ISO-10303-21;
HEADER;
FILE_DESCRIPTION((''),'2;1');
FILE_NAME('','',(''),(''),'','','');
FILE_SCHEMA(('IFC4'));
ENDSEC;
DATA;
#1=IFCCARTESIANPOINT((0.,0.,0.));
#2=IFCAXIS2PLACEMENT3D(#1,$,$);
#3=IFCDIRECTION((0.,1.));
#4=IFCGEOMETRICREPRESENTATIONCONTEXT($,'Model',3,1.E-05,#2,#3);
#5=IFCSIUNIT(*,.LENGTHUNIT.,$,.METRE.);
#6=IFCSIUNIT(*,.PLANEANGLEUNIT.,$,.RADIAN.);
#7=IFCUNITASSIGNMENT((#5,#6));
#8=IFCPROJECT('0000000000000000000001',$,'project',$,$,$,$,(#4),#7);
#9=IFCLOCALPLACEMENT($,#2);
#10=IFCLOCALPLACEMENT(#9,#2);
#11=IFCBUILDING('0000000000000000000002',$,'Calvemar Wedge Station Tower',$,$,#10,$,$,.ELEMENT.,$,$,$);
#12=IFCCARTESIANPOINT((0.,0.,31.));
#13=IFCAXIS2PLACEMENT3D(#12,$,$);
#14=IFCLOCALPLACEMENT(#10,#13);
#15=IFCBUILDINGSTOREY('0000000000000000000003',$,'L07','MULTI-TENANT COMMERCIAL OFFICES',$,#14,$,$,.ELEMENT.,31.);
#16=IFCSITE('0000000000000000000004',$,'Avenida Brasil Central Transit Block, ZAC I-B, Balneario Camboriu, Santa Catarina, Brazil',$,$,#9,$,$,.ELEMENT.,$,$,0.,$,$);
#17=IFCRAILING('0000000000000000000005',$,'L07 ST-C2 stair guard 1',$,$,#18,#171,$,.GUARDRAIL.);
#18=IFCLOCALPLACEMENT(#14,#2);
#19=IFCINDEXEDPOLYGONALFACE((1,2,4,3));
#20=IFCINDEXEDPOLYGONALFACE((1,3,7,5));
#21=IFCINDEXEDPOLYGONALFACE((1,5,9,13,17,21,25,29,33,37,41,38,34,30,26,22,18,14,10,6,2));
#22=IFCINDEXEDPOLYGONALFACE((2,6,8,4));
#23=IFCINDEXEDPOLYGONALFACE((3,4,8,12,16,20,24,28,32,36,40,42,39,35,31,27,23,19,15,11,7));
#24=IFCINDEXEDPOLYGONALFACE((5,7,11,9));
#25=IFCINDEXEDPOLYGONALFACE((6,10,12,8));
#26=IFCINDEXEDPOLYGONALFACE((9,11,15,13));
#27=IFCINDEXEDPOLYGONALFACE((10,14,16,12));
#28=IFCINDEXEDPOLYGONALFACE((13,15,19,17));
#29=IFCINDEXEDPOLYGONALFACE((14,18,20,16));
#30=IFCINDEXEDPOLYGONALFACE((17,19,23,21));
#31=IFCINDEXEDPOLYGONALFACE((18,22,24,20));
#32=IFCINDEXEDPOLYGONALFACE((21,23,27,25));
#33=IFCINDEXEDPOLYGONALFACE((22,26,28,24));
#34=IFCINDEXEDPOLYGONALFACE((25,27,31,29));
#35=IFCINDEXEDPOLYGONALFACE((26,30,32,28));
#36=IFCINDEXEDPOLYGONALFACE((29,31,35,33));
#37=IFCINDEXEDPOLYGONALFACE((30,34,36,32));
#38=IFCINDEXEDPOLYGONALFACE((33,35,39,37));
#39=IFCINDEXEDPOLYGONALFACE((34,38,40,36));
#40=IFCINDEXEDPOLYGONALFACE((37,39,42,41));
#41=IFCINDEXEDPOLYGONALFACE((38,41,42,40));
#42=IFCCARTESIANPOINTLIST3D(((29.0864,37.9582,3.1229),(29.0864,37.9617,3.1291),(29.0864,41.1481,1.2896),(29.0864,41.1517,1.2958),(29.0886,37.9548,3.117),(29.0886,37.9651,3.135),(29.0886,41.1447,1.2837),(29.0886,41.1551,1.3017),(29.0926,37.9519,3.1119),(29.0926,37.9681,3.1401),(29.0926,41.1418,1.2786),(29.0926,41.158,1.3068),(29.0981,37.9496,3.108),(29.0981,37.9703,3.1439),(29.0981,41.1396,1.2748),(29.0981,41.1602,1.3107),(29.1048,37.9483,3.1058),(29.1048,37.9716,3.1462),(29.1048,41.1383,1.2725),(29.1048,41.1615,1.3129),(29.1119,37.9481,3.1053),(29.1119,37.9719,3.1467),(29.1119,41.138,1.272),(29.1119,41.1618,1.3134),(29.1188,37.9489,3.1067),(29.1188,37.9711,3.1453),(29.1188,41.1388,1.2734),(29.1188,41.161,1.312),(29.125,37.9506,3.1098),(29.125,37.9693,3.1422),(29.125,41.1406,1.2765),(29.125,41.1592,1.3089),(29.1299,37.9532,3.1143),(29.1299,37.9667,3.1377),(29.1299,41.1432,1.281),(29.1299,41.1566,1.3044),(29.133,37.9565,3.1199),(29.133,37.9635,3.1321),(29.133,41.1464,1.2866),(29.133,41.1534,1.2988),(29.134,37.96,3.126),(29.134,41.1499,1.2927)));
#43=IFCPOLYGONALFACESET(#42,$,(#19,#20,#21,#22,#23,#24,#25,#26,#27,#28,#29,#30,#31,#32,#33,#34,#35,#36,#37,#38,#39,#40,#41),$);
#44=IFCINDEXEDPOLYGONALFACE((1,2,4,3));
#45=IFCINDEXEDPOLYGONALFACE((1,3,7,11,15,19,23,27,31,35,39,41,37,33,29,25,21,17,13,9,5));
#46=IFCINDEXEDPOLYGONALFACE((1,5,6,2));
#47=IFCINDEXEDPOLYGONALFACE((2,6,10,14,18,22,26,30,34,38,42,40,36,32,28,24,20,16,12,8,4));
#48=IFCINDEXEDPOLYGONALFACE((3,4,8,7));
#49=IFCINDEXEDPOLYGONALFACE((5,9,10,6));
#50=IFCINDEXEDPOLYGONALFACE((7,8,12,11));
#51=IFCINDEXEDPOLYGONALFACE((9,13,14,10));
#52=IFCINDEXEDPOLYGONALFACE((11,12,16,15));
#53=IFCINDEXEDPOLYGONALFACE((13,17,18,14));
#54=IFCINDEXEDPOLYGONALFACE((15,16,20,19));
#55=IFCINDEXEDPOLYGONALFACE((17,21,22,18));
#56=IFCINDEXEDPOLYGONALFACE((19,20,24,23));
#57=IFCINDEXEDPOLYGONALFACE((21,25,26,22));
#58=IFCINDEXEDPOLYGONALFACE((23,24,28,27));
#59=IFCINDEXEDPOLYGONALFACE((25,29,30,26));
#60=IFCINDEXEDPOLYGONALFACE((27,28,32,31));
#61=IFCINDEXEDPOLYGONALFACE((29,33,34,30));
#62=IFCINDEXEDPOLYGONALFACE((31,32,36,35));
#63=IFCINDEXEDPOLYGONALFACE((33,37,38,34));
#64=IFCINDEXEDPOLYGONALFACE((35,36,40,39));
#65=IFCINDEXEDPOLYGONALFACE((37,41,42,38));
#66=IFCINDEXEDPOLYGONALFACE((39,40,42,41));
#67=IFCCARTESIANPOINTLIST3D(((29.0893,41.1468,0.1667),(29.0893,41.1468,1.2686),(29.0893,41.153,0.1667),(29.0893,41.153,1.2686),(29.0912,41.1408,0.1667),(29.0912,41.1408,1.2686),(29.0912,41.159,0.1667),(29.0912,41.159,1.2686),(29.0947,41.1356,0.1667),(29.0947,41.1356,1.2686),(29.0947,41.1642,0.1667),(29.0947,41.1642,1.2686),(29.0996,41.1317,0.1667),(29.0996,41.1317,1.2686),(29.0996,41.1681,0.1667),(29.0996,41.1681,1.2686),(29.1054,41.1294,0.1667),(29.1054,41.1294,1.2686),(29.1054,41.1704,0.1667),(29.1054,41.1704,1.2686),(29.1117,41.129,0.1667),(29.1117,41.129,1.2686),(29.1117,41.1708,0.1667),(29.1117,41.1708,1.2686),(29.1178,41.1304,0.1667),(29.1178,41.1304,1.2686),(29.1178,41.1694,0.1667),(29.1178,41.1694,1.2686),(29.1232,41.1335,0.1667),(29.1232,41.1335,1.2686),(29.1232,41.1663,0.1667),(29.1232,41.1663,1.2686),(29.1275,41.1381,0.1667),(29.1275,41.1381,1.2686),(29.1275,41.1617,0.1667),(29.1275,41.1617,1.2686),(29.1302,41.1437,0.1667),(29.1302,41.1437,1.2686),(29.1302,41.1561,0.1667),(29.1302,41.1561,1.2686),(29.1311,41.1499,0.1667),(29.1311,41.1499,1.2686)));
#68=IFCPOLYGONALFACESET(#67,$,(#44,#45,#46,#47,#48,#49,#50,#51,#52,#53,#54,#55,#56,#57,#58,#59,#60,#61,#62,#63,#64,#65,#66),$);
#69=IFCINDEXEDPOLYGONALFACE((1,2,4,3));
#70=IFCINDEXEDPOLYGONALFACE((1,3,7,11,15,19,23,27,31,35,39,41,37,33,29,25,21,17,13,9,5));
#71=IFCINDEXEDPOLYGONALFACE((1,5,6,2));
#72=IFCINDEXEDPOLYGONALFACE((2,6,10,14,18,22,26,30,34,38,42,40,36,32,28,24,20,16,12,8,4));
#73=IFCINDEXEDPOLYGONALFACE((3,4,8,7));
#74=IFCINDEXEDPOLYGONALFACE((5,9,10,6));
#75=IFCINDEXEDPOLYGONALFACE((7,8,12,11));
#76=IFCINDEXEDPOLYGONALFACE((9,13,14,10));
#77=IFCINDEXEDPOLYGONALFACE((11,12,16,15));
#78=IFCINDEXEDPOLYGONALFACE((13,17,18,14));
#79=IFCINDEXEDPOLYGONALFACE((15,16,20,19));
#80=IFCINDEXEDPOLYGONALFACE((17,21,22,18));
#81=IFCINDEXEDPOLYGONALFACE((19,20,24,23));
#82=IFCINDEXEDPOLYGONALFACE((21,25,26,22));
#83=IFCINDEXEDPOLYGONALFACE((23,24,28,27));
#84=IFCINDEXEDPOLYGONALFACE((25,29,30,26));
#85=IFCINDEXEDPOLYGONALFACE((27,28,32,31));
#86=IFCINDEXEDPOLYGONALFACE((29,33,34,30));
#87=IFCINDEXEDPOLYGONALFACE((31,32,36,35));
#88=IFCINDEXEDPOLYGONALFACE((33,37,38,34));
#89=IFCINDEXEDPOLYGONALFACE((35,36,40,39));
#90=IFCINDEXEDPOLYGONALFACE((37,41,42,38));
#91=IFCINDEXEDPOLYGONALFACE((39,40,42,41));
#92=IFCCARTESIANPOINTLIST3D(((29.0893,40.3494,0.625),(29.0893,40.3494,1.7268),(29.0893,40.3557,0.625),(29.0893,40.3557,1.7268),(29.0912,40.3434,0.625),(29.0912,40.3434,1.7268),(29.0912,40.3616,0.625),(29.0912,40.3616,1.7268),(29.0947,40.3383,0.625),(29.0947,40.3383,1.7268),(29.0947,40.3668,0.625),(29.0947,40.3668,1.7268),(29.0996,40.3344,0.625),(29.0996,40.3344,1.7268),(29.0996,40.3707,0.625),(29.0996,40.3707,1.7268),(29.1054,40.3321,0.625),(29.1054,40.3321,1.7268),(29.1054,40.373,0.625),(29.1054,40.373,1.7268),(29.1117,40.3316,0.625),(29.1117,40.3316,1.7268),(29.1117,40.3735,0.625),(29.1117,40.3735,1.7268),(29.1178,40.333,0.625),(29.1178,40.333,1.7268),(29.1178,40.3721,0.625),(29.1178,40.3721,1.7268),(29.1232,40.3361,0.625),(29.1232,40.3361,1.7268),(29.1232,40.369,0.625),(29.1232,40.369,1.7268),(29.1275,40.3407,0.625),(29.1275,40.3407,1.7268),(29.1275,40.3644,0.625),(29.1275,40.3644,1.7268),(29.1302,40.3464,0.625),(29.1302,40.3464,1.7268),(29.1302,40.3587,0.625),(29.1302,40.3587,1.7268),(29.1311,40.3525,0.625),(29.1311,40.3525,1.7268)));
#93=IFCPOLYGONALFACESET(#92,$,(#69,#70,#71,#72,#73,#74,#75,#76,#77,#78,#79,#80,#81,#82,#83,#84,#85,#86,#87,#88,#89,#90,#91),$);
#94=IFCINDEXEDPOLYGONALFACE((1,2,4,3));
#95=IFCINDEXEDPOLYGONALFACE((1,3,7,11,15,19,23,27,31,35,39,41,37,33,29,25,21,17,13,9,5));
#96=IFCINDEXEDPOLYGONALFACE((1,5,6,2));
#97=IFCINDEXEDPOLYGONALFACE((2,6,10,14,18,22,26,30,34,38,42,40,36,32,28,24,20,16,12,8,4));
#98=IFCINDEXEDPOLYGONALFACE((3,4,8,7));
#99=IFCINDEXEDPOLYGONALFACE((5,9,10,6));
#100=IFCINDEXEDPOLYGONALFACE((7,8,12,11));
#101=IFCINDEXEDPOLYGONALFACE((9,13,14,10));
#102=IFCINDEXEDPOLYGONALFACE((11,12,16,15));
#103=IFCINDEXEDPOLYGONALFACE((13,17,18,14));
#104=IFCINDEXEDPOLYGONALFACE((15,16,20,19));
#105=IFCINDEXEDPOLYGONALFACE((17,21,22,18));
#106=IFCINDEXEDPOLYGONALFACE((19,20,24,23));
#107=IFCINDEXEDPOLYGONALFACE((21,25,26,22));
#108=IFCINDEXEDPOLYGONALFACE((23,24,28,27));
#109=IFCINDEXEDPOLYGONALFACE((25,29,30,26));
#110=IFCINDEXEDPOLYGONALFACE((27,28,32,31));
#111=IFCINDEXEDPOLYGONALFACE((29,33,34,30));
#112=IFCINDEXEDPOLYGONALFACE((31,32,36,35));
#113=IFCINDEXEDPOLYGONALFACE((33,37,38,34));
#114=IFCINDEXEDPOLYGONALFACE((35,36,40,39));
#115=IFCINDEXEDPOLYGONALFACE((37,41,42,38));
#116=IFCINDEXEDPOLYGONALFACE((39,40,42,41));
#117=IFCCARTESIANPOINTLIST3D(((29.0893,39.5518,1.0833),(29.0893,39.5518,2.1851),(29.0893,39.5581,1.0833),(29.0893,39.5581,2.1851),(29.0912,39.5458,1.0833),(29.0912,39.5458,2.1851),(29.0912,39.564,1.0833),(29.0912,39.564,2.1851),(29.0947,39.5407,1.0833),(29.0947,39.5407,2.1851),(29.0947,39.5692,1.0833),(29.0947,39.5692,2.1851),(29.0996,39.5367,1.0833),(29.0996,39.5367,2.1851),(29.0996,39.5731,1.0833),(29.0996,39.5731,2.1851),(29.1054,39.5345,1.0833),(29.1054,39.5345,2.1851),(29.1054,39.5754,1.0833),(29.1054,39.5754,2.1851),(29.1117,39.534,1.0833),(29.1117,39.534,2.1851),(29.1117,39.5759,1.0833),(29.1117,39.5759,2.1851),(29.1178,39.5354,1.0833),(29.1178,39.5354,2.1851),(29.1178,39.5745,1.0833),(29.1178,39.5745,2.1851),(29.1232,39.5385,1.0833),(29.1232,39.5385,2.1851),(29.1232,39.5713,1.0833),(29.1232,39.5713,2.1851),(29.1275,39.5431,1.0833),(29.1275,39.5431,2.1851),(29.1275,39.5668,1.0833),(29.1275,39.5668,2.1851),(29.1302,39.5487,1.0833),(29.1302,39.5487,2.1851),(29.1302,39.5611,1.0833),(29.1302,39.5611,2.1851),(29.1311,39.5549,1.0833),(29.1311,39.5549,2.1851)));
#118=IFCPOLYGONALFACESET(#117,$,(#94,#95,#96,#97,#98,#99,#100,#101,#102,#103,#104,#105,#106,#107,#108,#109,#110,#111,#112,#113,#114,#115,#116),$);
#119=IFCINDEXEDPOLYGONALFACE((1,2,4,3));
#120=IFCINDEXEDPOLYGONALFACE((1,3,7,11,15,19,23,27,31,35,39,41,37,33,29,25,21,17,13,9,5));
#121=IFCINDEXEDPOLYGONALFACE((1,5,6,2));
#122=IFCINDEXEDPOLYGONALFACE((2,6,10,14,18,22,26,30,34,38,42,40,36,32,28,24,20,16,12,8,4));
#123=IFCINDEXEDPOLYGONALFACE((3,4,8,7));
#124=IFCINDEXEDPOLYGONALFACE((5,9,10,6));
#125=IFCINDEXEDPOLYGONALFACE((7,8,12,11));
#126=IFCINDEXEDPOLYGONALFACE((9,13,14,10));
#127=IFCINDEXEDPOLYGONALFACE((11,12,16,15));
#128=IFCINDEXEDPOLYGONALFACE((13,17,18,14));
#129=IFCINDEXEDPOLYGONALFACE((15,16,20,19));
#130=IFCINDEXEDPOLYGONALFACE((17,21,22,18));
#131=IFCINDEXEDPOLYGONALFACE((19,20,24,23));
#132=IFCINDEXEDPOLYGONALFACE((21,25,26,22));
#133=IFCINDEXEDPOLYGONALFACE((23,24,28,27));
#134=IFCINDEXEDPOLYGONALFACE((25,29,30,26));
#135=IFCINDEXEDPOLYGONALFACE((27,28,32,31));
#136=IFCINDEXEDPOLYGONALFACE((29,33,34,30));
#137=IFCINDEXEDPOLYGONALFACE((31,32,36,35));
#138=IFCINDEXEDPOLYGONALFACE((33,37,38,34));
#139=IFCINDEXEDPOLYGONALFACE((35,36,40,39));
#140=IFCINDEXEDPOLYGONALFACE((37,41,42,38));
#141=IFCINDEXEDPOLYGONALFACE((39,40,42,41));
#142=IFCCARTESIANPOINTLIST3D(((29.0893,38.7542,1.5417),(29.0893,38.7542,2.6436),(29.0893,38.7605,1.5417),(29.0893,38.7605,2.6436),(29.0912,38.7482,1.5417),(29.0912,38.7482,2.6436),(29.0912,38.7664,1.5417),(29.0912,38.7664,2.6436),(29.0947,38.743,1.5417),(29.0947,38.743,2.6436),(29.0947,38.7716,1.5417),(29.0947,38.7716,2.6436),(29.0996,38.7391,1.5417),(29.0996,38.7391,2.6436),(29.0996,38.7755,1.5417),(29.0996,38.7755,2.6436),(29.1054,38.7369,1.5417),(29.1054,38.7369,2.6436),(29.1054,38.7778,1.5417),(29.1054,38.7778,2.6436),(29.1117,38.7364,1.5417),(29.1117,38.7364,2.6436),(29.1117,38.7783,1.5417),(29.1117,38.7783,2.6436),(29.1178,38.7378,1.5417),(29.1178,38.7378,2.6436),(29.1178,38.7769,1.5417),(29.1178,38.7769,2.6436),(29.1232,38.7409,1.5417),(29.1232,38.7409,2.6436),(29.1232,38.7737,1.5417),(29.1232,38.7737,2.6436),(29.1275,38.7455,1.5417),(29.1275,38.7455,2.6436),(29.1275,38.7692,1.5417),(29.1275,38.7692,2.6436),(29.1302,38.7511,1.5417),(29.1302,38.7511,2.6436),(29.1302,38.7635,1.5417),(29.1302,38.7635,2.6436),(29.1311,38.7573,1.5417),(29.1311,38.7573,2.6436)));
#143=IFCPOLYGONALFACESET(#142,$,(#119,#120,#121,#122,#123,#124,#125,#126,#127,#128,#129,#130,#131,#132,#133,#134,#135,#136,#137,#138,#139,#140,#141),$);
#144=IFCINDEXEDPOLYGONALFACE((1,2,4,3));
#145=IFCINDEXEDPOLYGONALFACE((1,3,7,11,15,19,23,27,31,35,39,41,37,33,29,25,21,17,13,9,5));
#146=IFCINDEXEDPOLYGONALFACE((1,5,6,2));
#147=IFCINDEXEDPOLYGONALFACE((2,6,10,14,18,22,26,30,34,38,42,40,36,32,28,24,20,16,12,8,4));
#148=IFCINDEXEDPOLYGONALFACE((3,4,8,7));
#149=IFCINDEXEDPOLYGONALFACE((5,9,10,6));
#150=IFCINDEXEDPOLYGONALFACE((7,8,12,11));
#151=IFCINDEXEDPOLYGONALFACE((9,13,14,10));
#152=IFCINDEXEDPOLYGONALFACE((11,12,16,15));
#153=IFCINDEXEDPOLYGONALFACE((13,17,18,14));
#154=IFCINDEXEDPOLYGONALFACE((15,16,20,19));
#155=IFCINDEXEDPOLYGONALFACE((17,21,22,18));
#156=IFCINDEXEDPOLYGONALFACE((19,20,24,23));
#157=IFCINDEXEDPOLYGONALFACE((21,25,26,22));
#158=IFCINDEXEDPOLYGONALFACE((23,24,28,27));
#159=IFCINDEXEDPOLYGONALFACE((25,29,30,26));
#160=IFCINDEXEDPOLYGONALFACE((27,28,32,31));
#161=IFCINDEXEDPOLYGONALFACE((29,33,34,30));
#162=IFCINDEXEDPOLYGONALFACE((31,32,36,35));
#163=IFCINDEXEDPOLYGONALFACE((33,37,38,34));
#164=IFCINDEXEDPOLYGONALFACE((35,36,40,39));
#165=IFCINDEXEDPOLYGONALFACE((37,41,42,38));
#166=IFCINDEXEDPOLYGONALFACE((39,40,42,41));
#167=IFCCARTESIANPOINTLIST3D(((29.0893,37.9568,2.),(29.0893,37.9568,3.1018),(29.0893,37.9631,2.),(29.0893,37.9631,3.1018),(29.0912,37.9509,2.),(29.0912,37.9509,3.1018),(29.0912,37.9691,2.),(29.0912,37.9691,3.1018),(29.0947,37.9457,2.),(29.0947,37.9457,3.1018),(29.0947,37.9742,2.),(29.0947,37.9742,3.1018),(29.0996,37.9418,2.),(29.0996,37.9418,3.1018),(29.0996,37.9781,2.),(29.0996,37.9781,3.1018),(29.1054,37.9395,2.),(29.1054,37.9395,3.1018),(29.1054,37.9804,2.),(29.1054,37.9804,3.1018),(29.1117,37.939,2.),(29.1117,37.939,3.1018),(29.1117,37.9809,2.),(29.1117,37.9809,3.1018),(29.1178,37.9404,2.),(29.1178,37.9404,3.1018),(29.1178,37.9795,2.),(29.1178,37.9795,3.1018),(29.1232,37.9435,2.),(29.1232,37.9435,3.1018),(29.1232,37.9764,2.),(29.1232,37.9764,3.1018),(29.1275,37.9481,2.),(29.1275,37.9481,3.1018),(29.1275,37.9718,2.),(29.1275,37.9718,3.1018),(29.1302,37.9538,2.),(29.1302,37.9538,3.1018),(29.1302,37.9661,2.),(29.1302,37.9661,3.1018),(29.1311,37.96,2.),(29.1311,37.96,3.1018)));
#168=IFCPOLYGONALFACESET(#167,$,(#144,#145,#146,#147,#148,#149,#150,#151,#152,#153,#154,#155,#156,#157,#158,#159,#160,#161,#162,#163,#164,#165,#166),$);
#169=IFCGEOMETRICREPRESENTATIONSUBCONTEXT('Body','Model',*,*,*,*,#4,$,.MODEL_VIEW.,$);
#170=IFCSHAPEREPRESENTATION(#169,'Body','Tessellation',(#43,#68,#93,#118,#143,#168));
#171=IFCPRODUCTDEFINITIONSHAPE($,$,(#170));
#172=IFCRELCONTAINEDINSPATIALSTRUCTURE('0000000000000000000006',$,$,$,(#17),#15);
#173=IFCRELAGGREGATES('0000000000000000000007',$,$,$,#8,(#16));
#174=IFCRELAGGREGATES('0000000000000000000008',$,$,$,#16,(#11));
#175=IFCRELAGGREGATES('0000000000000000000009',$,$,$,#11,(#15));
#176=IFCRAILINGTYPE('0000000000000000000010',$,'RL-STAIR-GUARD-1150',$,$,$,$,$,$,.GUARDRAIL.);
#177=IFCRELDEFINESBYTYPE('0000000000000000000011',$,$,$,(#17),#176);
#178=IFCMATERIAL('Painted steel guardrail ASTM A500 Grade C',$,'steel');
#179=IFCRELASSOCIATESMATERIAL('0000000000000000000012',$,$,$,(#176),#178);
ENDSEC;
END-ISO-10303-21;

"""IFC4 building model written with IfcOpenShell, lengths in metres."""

from ifc_helpers import new_model, si_unit, direction, frame, origin, origin_2d, place, context, subcontext, project, spatial, circle, extrude, material, type_object, element, save


model = new_model("IFC4")

# Units and contexts
model_context = context("Model", 3, precision=1e-05, world=origin(), true_north=direction((0.0, 1.0)))
body_context = subcontext(model_context, "Body", "Model", "MODEL_VIEW")
ifc_project = project(units=[si_unit("LENGTHUNIT", "METRE"), si_unit("PLANEANGLEUNIT", "RADIAN")], contexts=[model_context])

# Site, building, storey
site_placement = place(None, origin())
site = spatial("IfcSite", under=ifc_project, at=site_placement, Name="Avenida Brasil Central Transit Block, ZAC I-B, Balneario Camboriu, Santa Catarina, Brazil", CompositionType="ELEMENT", RefElevation=0.0)
building_placement = place(site_placement, origin())
building = spatial("IfcBuilding", under=site, at=building_placement, Name="Calvemar Wedge Station Tower", CompositionType="ELEMENT")
storey_placement = place(building_placement, frame((0.0, 0.0, 31.0)))
storey = spatial("IfcBuildingStorey", under=building, at=storey_placement, Name="L07", Description="MULTI-TENANT COMMERCIAL OFFICES", CompositionType="ELEMENT", Elevation=31.0)

# Railing
ifc_material_1 = material(Name="Painted steel guardrail ASTM A500 Grade C", Category="steel")
railing_type_1 = type_object("IfcRailingType", Name="RL-STAIR-GUARD-1150", PredefinedType="GUARDRAIL", material=ifc_material_1)
railing_1_placement = place(storey_placement, frame((29.1101, 41.1499, 0.1667)))
element("IfcRailing", 1, at=railing_1_placement, inside=storey, type_object=railing_type_1, Name="L07 ST-C2 stair guard 1", PredefinedType="GUARDRAIL", context=body_context, shape_type="SweptSolid", body=[
    extrude(circle(Radius=0.0239, at=origin_2d()), frame((0.0, 0.0, 1.126), z_axis=(0.0, -0.86702, 0.498274), x_axis=(1.0, 0.0, 0.0)), (0.0, 0.0, 1.0), 3.6792),
    extrude(circle(Radius=0.021, at=origin_2d()), origin(), (0.0, 0.0, 1.0), 1.1018),
    extrude(circle(Radius=0.021, at=origin_2d()), frame((0.0, -0.7974, 0.4583)), (0.0, 0.0, 1.0), 1.1018),
    extrude(circle(Radius=0.021, at=origin_2d()), frame((0.0, -1.595, 0.9165)), (0.0, 0.0, 1.0), 1.1018),
    extrude(circle(Radius=0.021, at=origin_2d()), frame((0.0, -2.3926, 1.375)), (0.0, 0.0, 1.0), 1.1018),
    extrude(circle(Radius=0.021, at=origin_2d()), frame((0.0, -3.1899, 1.8333)), (0.0, 0.0, 1.0), 1.1018),
])

save(model, "model.ifc")
